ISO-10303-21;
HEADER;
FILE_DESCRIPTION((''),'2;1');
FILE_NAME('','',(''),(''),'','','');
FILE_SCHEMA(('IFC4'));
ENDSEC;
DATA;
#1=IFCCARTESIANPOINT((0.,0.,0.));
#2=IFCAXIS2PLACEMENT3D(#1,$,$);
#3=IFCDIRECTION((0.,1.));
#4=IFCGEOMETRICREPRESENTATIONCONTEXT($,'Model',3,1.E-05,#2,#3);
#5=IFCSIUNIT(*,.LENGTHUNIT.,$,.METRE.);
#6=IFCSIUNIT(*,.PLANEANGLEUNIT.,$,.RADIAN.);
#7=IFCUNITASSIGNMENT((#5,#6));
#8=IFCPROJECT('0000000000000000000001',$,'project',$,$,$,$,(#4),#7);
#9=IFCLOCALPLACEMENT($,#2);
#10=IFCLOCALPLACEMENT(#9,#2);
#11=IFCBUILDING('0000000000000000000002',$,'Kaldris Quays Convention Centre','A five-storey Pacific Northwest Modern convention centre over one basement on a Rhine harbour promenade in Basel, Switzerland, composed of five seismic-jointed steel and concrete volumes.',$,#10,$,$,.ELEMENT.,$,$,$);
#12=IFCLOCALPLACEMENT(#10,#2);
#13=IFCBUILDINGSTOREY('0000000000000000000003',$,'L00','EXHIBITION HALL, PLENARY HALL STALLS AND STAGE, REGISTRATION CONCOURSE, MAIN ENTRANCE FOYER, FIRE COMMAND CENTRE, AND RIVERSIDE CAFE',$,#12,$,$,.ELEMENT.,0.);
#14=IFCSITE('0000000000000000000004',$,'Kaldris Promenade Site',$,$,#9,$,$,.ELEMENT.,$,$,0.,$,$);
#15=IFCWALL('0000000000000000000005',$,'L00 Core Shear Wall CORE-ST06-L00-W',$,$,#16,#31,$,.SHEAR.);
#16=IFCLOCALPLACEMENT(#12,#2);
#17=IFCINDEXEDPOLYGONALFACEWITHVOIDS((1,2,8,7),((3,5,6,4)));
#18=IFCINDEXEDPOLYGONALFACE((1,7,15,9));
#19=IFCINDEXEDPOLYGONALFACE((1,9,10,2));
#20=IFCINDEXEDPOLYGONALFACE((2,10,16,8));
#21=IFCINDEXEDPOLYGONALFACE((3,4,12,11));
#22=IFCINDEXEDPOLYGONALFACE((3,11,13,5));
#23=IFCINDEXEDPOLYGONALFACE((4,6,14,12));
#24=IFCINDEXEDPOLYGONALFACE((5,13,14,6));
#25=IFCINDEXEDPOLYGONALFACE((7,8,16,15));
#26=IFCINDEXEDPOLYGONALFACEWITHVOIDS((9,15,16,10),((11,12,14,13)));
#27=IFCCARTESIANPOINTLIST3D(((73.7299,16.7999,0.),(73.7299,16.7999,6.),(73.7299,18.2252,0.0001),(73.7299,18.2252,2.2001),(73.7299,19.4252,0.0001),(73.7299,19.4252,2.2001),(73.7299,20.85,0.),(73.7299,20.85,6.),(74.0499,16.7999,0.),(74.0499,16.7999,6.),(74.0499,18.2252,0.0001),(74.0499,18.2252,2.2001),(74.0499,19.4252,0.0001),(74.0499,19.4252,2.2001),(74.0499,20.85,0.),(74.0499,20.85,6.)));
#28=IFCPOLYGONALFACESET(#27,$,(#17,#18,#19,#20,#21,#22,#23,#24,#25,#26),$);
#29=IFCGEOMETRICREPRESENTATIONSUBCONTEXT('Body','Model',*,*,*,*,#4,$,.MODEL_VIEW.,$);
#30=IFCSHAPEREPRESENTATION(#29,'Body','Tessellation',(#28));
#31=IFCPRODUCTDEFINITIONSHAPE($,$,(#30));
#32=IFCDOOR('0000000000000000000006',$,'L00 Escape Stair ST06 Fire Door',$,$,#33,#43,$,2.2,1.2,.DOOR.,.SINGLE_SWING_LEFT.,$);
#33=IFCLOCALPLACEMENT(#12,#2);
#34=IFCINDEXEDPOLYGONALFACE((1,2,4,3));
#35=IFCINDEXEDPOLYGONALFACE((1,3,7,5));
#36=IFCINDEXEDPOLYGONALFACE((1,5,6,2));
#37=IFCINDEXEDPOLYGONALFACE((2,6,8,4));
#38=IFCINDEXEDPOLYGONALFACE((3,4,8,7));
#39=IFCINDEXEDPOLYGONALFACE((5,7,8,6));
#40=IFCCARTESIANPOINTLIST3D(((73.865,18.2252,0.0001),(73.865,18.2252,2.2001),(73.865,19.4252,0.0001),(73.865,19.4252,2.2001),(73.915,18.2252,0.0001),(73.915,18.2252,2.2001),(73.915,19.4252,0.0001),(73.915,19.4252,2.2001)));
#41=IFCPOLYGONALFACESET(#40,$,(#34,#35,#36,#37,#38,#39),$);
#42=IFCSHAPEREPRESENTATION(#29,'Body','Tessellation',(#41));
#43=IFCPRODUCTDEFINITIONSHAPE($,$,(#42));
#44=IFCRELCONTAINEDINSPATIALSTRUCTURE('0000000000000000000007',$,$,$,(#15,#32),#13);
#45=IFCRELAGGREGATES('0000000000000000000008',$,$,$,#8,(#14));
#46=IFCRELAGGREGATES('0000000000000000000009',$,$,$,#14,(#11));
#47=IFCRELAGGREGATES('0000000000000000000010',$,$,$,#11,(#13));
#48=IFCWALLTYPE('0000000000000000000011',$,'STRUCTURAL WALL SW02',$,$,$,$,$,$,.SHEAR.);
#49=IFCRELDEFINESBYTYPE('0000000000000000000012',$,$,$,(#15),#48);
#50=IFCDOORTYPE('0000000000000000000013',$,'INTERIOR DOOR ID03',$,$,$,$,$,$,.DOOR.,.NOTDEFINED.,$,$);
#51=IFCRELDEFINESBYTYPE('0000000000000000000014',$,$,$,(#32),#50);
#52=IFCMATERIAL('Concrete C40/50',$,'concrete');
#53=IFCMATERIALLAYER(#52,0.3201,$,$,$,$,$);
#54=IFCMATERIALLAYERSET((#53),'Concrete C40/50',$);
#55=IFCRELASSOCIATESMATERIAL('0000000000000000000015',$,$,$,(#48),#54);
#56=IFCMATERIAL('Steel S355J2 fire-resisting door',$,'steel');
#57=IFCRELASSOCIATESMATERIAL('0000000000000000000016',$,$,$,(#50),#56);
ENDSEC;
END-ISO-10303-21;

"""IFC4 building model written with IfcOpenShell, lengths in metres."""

from ifc_helpers import new_model, si_unit, direction, frame, frame_2d, origin, place, context, subcontext, project, spatial, rectangle, extrude, material, layer, layer_set, type_object, element, fill, save


model = new_model("IFC4")

# Units and contexts
model_context = context("Model", 3, precision=1e-05, world=origin(), true_north=direction((0.0, 1.0)))
body_context = subcontext(model_context, "Body", "Model", "MODEL_VIEW")
ifc_project = project(units=[si_unit("LENGTHUNIT", "METRE"), si_unit("PLANEANGLEUNIT", "RADIAN")], contexts=[model_context])

# Site, building, storey
site_placement = place(None, origin())
site = spatial("IfcSite", under=ifc_project, at=site_placement, Name="Kaldris Promenade Site", CompositionType="ELEMENT", RefElevation=0.0)
building_placement = place(site_placement, origin())
building = spatial("IfcBuilding", under=site, at=building_placement, Name="Kaldris Quays Convention Centre", Description="A five-storey Pacific Northwest Modern convention centre over one basement on a Rhine harbour promenade in Basel, Switzerland, composed of five seismic-jointed steel and concrete volumes.", CompositionType="ELEMENT")
storey_placement = place(building_placement, origin())
storey = spatial("IfcBuildingStorey", under=building, at=storey_placement, Name="L00", Description="EXHIBITION HALL, PLENARY HALL STALLS AND STAGE, REGISTRATION CONCOURSE, MAIN ENTRANCE FOYER, FIRE COMMAND CENTRE, AND RIVERSIDE CAFE", CompositionType="ELEMENT", Elevation=0.0)

# Shared definitions
ifc_material_1 = material(Name="Concrete C40/50", Category="concrete")
ifc_layer_1 = layer(ifc_material_1, 0.3201)
ifc_layer_set_1 = layer_set([ifc_layer_1], Name="Concrete C40/50")
wall_type_1 = type_object("IfcWallType", Name="STRUCTURAL WALL SW02", PredefinedType="SHEAR", material=ifc_layer_set_1)

# Wall, opening, door
wall_1_placement = place(storey_placement, frame((73.8899, 16.8, 0.0), z_axis=(0.0, 0.0, 1.0), x_axis=(0.0, 1.0, 0.0)))
wall_1 = element("IfcWall", 1, at=wall_1_placement, inside=storey, type_object=wall_type_1, Name="L00 Core Shear Wall CORE-ST06-L00-W", PredefinedType="SHEAR", context=body_context, shape_type="SweptSolid", body=[
    extrude(rectangle(XDim=4.05, YDim=0.3201, at=frame_2d((2.0249, 0.0))), origin(), (0.0, 0.0, 1.0), 6.0),
])
opening_1_placement = place(wall_1_placement, frame((1.425, 0.0, 0.0)))
opening_1 = element("IfcOpeningElement", 2, at=opening_1_placement, cuts=wall_1, PredefinedType="OPENING", context=body_context, shape_type="SweptSolid", body=[
    extrude(rectangle(XDim=1.2, YDim=2.2, at=frame_2d((0.6001, 1.1001))), frame((0.0, 0.1699, 0.0), z_axis=(0.0, -1.0, 0.0), x_axis=(1.0, 0.0, 0.0)), (0.0, 0.0, 1.0), 0.3401),
])
ifc_material_2 = material(Name="Steel S355J2 fire-resisting door", Category="steel")
door_type_1 = type_object("IfcDoorType", Name="INTERIOR DOOR ID03", OperationType="NOTDEFINED", PredefinedType="DOOR", material=ifc_material_2)
door_1_placement = place(opening_1_placement, origin())
door_1 = element("IfcDoor", 3, at=door_1_placement, inside=storey, type_object=door_type_1, Name="L00 Escape Stair ST06 Fire Door", OperationType="SINGLE_SWING_LEFT", OverallHeight=2.2, OverallWidth=1.2, PredefinedType="DOOR", context=body_context, shape_type="SweptSolid", body=[
    extrude(rectangle(XDim=1.2, YDim=2.2, at=frame_2d((0.6001, 1.1001))), frame((0.0, 0.0249, 0.0), z_axis=(0.0, -1.0, 0.0), x_axis=(1.0, 0.0, 0.0)), (0.0, 0.0, 1.0), 0.05),
])
fill(opening_1, door_1)

save(model, "model.ifc")
